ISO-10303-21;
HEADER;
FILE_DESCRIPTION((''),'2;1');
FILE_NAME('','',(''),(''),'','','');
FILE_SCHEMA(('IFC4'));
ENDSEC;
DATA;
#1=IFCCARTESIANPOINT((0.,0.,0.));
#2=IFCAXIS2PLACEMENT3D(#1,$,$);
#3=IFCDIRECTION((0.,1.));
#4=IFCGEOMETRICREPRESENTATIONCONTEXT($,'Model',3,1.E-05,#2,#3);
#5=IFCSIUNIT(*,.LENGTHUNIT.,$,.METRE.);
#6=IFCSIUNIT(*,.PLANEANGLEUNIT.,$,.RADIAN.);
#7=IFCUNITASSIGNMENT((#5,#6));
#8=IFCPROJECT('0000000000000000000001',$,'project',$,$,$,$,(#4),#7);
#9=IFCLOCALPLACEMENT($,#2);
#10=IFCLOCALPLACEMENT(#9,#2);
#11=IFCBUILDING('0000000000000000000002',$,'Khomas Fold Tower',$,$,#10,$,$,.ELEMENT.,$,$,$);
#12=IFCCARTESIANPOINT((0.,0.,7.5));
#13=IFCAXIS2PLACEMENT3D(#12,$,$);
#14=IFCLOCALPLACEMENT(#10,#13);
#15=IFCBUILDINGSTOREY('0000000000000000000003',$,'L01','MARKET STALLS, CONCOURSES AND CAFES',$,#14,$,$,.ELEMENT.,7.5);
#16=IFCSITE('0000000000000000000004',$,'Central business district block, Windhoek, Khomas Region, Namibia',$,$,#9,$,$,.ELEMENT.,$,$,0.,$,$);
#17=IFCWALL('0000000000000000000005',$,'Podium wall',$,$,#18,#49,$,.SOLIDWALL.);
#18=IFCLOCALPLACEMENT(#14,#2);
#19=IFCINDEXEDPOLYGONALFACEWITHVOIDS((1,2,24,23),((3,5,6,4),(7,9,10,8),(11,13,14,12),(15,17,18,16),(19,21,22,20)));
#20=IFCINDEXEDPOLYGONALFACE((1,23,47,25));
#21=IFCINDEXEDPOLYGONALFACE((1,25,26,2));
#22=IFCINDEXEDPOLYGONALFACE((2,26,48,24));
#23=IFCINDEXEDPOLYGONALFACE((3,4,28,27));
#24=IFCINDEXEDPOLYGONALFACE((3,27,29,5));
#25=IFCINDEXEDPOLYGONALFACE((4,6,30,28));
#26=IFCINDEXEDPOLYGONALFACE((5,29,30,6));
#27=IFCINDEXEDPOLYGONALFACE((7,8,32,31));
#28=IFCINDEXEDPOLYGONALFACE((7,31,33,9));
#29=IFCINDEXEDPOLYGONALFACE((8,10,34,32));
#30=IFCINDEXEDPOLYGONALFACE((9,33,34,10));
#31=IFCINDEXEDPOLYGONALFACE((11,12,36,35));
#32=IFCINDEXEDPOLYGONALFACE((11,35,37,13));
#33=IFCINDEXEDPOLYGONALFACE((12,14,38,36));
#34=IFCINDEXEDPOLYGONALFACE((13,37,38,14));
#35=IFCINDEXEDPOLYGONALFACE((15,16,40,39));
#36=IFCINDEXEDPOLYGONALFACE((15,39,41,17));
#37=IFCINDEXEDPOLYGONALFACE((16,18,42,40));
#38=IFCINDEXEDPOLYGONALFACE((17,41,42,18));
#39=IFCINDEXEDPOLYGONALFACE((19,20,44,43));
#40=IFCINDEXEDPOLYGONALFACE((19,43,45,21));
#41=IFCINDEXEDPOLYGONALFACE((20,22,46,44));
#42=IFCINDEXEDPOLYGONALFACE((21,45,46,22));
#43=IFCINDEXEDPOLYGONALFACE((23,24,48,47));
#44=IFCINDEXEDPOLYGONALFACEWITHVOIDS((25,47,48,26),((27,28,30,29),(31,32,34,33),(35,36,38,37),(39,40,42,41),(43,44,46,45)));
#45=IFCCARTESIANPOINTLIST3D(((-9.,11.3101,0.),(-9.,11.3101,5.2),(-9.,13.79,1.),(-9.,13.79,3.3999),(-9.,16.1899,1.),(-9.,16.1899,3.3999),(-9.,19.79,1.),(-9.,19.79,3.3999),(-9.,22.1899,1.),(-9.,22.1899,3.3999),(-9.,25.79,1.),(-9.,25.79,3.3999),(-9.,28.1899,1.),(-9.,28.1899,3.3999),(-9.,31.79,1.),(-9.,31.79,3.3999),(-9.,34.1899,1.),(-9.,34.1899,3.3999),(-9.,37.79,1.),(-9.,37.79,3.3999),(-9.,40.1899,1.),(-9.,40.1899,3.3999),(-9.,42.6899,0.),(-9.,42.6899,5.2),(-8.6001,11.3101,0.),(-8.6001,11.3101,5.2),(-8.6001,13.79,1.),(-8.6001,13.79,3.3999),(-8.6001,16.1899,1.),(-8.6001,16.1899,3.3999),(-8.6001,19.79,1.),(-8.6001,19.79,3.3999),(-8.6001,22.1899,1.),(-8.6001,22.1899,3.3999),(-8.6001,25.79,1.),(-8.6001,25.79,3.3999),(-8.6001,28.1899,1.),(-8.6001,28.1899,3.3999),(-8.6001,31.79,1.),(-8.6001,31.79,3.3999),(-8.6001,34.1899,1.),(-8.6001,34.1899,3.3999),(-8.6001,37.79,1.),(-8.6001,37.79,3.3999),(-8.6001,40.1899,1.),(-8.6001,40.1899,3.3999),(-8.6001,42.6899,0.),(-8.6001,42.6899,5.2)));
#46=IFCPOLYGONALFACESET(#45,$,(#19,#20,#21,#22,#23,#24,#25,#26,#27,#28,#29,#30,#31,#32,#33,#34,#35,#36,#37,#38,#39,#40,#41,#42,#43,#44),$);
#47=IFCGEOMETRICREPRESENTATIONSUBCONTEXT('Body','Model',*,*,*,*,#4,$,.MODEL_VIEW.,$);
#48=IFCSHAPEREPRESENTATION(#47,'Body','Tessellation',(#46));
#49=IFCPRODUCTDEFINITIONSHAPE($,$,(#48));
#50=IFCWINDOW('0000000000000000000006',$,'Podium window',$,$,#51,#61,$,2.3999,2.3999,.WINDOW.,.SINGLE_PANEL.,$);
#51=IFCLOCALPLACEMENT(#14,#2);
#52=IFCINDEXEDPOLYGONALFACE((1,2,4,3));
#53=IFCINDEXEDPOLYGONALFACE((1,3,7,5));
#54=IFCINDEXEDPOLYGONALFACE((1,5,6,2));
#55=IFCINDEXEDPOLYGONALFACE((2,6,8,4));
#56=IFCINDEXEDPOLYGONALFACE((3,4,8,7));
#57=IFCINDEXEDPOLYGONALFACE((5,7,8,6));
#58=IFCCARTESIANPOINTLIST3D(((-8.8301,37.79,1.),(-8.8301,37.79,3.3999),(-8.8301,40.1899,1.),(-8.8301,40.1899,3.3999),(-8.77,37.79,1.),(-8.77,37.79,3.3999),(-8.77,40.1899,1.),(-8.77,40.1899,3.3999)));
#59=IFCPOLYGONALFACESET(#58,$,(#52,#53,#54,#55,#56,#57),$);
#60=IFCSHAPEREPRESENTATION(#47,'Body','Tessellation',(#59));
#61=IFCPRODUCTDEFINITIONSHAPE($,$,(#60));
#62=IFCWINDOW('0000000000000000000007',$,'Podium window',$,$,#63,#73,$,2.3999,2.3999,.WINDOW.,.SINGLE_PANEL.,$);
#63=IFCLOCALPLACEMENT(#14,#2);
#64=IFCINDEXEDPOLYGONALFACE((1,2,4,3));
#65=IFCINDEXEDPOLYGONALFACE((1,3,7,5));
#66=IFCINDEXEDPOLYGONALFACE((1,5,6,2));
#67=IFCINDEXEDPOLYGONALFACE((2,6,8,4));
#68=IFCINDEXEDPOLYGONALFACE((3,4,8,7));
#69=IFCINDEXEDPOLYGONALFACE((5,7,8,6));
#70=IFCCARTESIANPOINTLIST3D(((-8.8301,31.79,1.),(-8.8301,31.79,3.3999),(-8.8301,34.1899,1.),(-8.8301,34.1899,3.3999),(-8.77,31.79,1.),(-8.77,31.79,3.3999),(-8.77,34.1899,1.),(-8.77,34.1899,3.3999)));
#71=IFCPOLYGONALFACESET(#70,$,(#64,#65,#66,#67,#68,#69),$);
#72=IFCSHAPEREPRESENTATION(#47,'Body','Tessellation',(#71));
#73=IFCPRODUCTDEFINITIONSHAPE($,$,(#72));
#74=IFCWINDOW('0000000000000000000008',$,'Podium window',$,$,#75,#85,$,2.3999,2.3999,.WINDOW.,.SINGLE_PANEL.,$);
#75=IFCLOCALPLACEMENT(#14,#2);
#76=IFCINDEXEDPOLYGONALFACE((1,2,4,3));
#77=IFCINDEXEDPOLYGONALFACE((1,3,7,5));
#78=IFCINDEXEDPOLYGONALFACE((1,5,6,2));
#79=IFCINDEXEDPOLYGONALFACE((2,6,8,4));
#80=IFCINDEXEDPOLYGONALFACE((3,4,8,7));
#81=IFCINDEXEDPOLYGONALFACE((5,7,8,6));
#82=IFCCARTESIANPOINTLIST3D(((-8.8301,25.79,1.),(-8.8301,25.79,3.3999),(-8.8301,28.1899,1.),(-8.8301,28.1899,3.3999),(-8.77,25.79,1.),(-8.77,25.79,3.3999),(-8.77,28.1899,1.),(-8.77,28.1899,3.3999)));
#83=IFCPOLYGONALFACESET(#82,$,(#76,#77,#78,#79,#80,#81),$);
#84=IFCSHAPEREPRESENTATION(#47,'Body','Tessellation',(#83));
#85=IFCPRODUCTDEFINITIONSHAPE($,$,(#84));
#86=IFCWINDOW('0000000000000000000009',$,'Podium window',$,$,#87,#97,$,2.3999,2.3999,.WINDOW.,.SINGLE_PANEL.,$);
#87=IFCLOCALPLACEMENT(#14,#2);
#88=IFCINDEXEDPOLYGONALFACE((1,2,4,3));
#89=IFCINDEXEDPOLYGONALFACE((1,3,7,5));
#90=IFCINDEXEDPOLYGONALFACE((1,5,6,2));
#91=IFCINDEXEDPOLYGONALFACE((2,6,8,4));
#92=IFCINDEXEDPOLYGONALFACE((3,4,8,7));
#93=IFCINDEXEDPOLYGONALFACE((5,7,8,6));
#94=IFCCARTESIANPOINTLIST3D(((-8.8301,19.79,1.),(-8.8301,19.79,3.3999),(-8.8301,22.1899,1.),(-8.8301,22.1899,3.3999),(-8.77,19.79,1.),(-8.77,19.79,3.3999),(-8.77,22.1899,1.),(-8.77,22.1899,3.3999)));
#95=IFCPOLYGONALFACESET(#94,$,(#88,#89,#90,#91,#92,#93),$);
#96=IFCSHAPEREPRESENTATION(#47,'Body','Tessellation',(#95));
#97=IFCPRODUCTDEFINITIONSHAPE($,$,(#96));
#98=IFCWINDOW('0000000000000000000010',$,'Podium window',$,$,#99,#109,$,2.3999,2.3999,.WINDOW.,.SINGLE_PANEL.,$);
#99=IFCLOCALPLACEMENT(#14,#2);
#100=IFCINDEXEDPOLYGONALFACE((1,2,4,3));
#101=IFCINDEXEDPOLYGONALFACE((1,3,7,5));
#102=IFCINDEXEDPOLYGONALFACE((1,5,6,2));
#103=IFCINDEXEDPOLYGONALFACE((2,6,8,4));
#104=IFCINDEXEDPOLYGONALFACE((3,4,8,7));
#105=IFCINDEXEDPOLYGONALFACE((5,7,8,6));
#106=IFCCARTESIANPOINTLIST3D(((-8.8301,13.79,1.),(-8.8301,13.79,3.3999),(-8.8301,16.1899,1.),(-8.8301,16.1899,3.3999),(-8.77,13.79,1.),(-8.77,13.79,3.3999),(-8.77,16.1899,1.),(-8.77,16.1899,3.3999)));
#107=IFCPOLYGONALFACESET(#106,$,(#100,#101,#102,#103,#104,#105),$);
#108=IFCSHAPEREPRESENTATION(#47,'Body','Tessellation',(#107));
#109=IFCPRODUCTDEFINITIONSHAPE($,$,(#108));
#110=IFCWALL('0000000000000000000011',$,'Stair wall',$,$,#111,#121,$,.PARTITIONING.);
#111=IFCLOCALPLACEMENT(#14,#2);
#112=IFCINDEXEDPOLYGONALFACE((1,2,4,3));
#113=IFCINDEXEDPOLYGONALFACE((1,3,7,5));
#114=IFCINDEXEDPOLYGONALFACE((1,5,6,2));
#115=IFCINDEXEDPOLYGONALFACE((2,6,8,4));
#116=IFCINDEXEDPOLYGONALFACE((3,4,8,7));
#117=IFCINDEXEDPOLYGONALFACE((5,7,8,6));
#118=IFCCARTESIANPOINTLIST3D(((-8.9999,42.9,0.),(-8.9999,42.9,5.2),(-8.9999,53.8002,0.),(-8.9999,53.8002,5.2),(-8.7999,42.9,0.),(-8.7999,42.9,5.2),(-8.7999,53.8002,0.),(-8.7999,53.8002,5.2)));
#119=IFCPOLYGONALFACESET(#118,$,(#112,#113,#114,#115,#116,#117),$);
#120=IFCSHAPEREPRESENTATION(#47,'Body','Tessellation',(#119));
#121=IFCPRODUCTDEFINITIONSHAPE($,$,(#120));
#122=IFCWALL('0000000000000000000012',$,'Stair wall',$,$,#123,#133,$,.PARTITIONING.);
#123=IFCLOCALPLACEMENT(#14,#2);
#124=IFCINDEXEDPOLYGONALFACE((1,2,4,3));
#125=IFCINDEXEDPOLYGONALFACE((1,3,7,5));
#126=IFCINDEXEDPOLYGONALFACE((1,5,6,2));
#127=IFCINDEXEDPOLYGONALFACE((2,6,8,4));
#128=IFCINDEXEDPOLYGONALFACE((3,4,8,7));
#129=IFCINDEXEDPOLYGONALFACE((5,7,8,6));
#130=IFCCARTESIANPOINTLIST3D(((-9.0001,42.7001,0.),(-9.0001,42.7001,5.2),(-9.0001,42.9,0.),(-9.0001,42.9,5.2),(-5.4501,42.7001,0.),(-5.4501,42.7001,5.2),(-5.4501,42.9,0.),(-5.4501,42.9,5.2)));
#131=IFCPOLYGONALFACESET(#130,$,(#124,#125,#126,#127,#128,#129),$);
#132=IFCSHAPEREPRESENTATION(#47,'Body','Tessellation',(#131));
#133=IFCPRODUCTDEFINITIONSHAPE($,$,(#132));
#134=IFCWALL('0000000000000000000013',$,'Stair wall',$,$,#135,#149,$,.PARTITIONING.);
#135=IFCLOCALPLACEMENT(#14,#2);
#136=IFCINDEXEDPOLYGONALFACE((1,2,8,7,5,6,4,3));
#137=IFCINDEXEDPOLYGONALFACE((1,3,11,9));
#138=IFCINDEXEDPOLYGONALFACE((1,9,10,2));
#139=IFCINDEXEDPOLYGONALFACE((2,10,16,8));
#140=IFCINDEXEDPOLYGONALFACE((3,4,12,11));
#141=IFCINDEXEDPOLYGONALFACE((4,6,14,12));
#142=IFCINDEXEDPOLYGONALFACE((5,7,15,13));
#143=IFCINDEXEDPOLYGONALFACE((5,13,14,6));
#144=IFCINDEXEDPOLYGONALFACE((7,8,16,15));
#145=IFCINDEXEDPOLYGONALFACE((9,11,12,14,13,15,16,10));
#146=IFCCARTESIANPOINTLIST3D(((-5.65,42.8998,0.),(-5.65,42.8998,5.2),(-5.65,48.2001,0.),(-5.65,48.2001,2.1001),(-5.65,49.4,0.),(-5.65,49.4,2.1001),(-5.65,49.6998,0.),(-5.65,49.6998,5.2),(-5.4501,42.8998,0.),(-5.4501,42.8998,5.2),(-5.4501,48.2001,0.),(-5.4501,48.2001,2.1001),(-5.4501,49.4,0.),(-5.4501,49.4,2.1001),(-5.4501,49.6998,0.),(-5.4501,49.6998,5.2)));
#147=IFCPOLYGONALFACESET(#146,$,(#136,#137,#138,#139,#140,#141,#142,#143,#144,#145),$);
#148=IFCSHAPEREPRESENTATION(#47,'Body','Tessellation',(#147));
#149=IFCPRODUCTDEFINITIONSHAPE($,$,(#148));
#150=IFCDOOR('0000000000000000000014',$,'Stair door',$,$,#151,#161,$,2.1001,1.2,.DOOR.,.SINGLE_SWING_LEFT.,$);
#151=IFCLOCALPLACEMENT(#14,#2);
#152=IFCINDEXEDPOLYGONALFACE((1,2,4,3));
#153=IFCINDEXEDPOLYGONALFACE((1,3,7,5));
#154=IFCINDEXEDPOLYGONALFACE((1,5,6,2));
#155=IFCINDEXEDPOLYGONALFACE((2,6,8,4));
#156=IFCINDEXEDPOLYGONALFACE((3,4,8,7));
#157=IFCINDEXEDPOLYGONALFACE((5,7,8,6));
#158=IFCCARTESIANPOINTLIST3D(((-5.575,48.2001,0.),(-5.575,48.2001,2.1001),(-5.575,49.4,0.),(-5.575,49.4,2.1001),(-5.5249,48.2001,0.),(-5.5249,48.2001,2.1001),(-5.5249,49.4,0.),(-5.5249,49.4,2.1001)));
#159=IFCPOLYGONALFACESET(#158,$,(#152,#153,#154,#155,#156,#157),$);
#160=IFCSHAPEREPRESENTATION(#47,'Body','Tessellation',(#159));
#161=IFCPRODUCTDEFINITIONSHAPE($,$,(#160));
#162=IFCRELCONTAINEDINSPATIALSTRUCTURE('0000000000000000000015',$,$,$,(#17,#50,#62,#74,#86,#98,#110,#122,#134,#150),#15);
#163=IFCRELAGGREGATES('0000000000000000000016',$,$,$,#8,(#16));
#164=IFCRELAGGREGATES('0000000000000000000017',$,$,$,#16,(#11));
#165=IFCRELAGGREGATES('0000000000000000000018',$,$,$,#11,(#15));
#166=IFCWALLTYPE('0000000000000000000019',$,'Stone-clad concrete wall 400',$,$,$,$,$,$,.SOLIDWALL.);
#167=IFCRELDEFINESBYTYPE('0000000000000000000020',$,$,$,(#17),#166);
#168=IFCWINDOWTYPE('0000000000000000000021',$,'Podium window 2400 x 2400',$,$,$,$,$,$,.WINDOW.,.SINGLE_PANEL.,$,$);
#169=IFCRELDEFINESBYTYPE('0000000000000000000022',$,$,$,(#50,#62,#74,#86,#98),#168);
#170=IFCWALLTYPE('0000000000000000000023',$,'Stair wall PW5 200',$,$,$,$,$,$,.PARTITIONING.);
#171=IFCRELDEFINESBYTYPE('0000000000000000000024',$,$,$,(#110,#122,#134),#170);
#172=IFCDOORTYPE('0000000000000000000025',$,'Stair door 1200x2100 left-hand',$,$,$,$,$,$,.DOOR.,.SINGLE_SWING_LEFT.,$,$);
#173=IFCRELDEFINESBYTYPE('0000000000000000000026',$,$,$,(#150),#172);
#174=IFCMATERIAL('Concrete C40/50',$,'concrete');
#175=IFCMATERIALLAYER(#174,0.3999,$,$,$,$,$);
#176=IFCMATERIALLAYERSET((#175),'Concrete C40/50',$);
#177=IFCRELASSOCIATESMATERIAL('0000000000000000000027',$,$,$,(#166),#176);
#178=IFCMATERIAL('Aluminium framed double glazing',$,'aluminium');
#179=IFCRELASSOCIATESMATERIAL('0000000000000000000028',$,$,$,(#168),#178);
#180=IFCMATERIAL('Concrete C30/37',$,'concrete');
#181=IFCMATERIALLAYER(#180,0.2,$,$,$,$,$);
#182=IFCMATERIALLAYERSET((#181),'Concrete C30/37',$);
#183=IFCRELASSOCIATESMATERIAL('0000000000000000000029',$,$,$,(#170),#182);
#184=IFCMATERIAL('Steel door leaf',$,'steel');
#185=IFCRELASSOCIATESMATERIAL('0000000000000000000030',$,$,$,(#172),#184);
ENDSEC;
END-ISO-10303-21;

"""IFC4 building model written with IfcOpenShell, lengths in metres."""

from ifc_helpers import new_model, si_unit, direction, frame, frame_2d, origin, place, context, subcontext, project, spatial, rectangle, extrude, source, transform, mapped, material, layer, layer_set, type_object, element, fill, save


model = new_model("IFC4")

# Units and contexts
model_context = context("Model", 3, precision=1e-05, world=origin(), true_north=direction((0.0, 1.0)))
body_context = subcontext(model_context, "Body", "Model", "MODEL_VIEW")
ifc_project = project(units=[si_unit("LENGTHUNIT", "METRE"), si_unit("PLANEANGLEUNIT", "RADIAN")], contexts=[model_context])

# Site, building, storey
site_placement = place(None, origin())
site = spatial("IfcSite", under=ifc_project, at=site_placement, Name="Central business district block, Windhoek, Khomas Region, Namibia", CompositionType="ELEMENT", RefElevation=0.0)
building_placement = place(site_placement, origin())
building = spatial("IfcBuilding", under=site, at=building_placement, Name="Khomas Fold Tower", CompositionType="ELEMENT")
storey_placement = place(building_placement, frame((0.0, 0.0, 7.5)))
storey = spatial("IfcBuildingStorey", under=building, at=storey_placement, Name="L01", Description="MARKET STALLS, CONCOURSES AND CAFES", CompositionType="ELEMENT", Elevation=7.5)

# Wall, openings, windows
ifc_material_1 = material(Name="Concrete C40/50", Category="concrete")
ifc_layer_1 = layer(ifc_material_1, 0.3999)
ifc_layer_set_1 = layer_set([ifc_layer_1], Name="Concrete C40/50")
wall_type_1 = type_object("IfcWallType", Name="Stone-clad concrete wall 400", PredefinedType="SOLIDWALL", material=ifc_layer_set_1)
shared_shape_1 = source(origin(), body_context, "Body", "SweptSolid", [
    extrude(rectangle(XDim=31.3799, YDim=0.3999, at=frame_2d((15.6899, 0.0))), origin(), (0.0, 0.0, 1.0), 5.2),
])
wall_1_placement = place(storey_placement, frame((-8.8, 42.6899, 0.0), z_axis=(0.0, 0.0, 1.0), x_axis=(0.0, -1.0, 0.0)))
wall_1 = element("IfcWall", 1, at=wall_1_placement, inside=storey, type_object=wall_type_1, Name="Podium wall", PredefinedType="SOLIDWALL", context=body_context, shape_type="MappedRepresentation", body=[
    mapped(shared_shape_1, transform((0.0, 0.0, 0.0))),
])
shared_shape_2 = source(origin(), body_context, "Body", "SweptSolid", [
    extrude(rectangle(XDim=2.3999, YDim=2.3999, at=frame_2d((1.2, 1.2))), frame((0.0, 0.21, 0.0), z_axis=(0.0, -1.0, 0.0), x_axis=(1.0, 0.0, 0.0)), (0.0, 0.0, 1.0), 0.4199),
])
opening_1_placement = place(wall_1_placement, frame((2.5, 0.0, 1.0)))
opening_1 = element("IfcOpeningElement", 2, at=opening_1_placement, cuts=wall_1, PredefinedType="OPENING", context=body_context, shape_type="MappedRepresentation", body=[
    mapped(shared_shape_2, transform((0.0, 0.0, 0.0))),
])
opening_2_placement = place(wall_1_placement, frame((8.5, 0.0, 1.0)))
opening_2 = element("IfcOpeningElement", 3, at=opening_2_placement, cuts=wall_1, PredefinedType="OPENING", context=body_context, shape_type="MappedRepresentation", body=[
    mapped(shared_shape_2, transform((0.0, 0.0, 0.0))),
])
opening_3_placement = place(wall_1_placement, frame((14.5, 0.0, 1.0)))
opening_3 = element("IfcOpeningElement", 4, at=opening_3_placement, cuts=wall_1, PredefinedType="OPENING", context=body_context, shape_type="MappedRepresentation", body=[
    mapped(shared_shape_2, transform((0.0, 0.0, 0.0))),
])
opening_4_placement = place(wall_1_placement, frame((20.5, 0.0, 1.0)))
opening_4 = element("IfcOpeningElement", 5, at=opening_4_placement, cuts=wall_1, PredefinedType="OPENING", context=body_context, shape_type="MappedRepresentation", body=[
    mapped(shared_shape_2, transform((0.0, 0.0, 0.0))),
])
opening_5_placement = place(wall_1_placement, frame((26.5, 0.0, 1.0)))
opening_5 = element("IfcOpeningElement", 6, at=opening_5_placement, cuts=wall_1, PredefinedType="OPENING", context=body_context, shape_type="MappedRepresentation", body=[
    mapped(shared_shape_2, transform((0.0, 0.0, 0.0))),
])
ifc_material_2 = material(Name="Aluminium framed double glazing", Category="aluminium")
window_type = type_object("IfcWindowType", Name="Podium window 2400 x 2400", PartitioningType="SINGLE_PANEL", PredefinedType="WINDOW", material=ifc_material_2)
shared_shape_3 = source(origin(), body_context, "Body", "SweptSolid", [
    extrude(rectangle(XDim=2.3999, YDim=2.3999, at=frame_2d((1.2, 1.2))), frame((0.0, 0.03, 0.0), z_axis=(0.0, -1.0, 0.0), x_axis=(1.0, 0.0, 0.0)), (0.0, 0.0, 1.0), 0.0601),
])
window_1_placement = place(opening_1_placement, origin())
window_1 = element("IfcWindow", 7, at=window_1_placement, inside=storey, type_object=window_type, Name="Podium window", OverallHeight=2.3999, OverallWidth=2.3999, PartitioningType="SINGLE_PANEL", PredefinedType="WINDOW", context=body_context, shape_type="MappedRepresentation", body=[
    mapped(shared_shape_3, transform((0.0, 0.0, 0.0))),
])
fill(opening_1, window_1)
window_2_placement = place(opening_2_placement, origin())
window_2 = element("IfcWindow", 8, at=window_2_placement, inside=storey, type_object=window_type, Name="Podium window", OverallHeight=2.3999, OverallWidth=2.3999, PartitioningType="SINGLE_PANEL", PredefinedType="WINDOW", context=body_context, shape_type="MappedRepresentation", body=[
    mapped(shared_shape_3, transform((0.0, 0.0, 0.0))),
])
fill(opening_2, window_2)
window_3_placement = place(opening_3_placement, origin())
window_3 = element("IfcWindow", 9, at=window_3_placement, inside=storey, type_object=window_type, Name="Podium window", OverallHeight=2.3999, OverallWidth=2.3999, PartitioningType="SINGLE_PANEL", PredefinedType="WINDOW", context=body_context, shape_type="MappedRepresentation", body=[
    mapped(shared_shape_3, transform((0.0, 0.0, 0.0))),
])
fill(opening_3, window_3)
window_4_placement = place(opening_4_placement, origin())
window_4 = element("IfcWindow", 10, at=window_4_placement, inside=storey, type_object=window_type, Name="Podium window", OverallHeight=2.3999, OverallWidth=2.3999, PartitioningType="SINGLE_PANEL", PredefinedType="WINDOW", context=body_context, shape_type="MappedRepresentation", body=[
    mapped(shared_shape_3, transform((0.0, 0.0, 0.0))),
])
fill(opening_4, window_4)
window_5_placement = place(opening_5_placement, origin())
window_5 = element("IfcWindow", 11, at=window_5_placement, inside=storey, type_object=window_type, Name="Podium window", OverallHeight=2.3999, OverallWidth=2.3999, PartitioningType="SINGLE_PANEL", PredefinedType="WINDOW", context=body_context, shape_type="MappedRepresentation", body=[
    mapped(shared_shape_3, transform((0.0, 0.0, 0.0))),
])
fill(opening_5, window_5)

# Walls
ifc_material_3 = material(Name="Concrete C30/37", Category="concrete")
ifc_layer_2 = layer(ifc_material_3, 0.2)
ifc_layer_set_2 = layer_set([ifc_layer_2], Name="Concrete C30/37")
wall_type_2 = type_object("IfcWallType", Name="Stair wall PW5 200", PredefinedType="PARTITIONING", material=ifc_layer_set_2)
shared_shape_4 = source(origin(), body_context, "Body", "SweptSolid", [
    extrude(rectangle(XDim=10.9001, YDim=0.2, at=frame_2d((5.4502, 0.0))), origin(), (0.0, 0.0, 1.0), 5.2),
])
wall_2_placement = place(storey_placement, frame((-8.8999, 42.8999, 0.0), z_axis=(0.0, 0.0, 1.0), x_axis=(0.0, 1.0, 0.0)))
element("IfcWall", 12, at=wall_2_placement, inside=storey, type_object=wall_type_2, Name="Stair wall", PredefinedType="PARTITIONING", context=body_context, shape_type="MappedRepresentation", body=[
    mapped(shared_shape_4, transform((0.0, 0.0, 0.0))),
])
shared_shape_5 = source(origin(), body_context, "Body", "SweptSolid", [
    extrude(rectangle(XDim=3.55, YDim=0.2, at=frame_2d((1.7749, 0.0))), origin(), (0.0, 0.0, 1.0), 5.2),
])
wall_3_placement = place(storey_placement, frame((-9.0, 42.8, 0.0), z_axis=(0.0, 0.0, 1.0), x_axis=(1.0, 0.0, 0.0)))
element("IfcWall", 13, at=wall_3_placement, inside=storey, type_object=wall_type_2, Name="Stair wall", PredefinedType="PARTITIONING", context=body_context, shape_type="MappedRepresentation", body=[
    mapped(shared_shape_5, transform((0.0, 0.0, 0.0))),
])

# Wall, opening, door
shared_shape_6 = source(origin(), body_context, "Body", "SweptSolid", [
    extrude(rectangle(XDim=6.8, YDim=0.2, at=frame_2d((3.3999, 0.0))), origin(), (0.0, 0.0, 1.0), 5.2),
])
wall_4_placement = place(storey_placement, frame((-5.55, 42.8999, 0.0), z_axis=(0.0, 0.0, 1.0), x_axis=(0.0, 1.0, 0.0)))
wall_4 = element("IfcWall", 14, at=wall_4_placement, inside=storey, type_object=wall_type_2, Name="Stair wall", PredefinedType="PARTITIONING", context=body_context, shape_type="MappedRepresentation", body=[
    mapped(shared_shape_6, transform((0.0, 0.0, 0.0))),
])
shared_shape_7 = source(origin(), body_context, "Body", "SweptSolid", [
    extrude(rectangle(XDim=1.2, YDim=2.1001, at=frame_2d((0.6001, 1.05))), frame((0.0, 0.1099, 0.0), z_axis=(0.0, -1.0, 0.0), x_axis=(1.0, 0.0, 0.0)), (0.0, 0.0, 1.0), 0.22),
])
opening_6_placement = place(wall_4_placement, frame((5.3, 0.0, 0.0)))
opening_6 = element("IfcOpeningElement", 15, at=opening_6_placement, cuts=wall_4, PredefinedType="OPENING", context=body_context, shape_type="MappedRepresentation", body=[
    mapped(shared_shape_7, transform((0.0, 0.0, 0.0))),
])
ifc_material_4 = material(Name="Steel door leaf", Category="steel")
door_type_1 = type_object("IfcDoorType", Name="Stair door 1200x2100 left-hand", OperationType="SINGLE_SWING_LEFT", PredefinedType="DOOR", material=ifc_material_4)
shared_shape_8 = source(origin(), body_context, "Body", "SweptSolid", [
    extrude(rectangle(XDim=1.2, YDim=2.1001, at=frame_2d((0.6001, 1.05))), frame((0.0, 0.0249, 0.0), z_axis=(0.0, -1.0, 0.0), x_axis=(1.0, 0.0, 0.0)), (0.0, 0.0, 1.0), 0.05),
])
door_1_placement = place(opening_6_placement, origin())
door_1 = element("IfcDoor", 16, at=door_1_placement, inside=storey, type_object=door_type_1, Name="Stair door", OperationType="SINGLE_SWING_LEFT", OverallHeight=2.1001, OverallWidth=1.2, PredefinedType="DOOR", context=body_context, shape_type="MappedRepresentation", body=[
    mapped(shared_shape_8, transform((0.0, 0.0, 0.0))),
])
fill(opening_6, door_1)

save(model, "model.ifc")
